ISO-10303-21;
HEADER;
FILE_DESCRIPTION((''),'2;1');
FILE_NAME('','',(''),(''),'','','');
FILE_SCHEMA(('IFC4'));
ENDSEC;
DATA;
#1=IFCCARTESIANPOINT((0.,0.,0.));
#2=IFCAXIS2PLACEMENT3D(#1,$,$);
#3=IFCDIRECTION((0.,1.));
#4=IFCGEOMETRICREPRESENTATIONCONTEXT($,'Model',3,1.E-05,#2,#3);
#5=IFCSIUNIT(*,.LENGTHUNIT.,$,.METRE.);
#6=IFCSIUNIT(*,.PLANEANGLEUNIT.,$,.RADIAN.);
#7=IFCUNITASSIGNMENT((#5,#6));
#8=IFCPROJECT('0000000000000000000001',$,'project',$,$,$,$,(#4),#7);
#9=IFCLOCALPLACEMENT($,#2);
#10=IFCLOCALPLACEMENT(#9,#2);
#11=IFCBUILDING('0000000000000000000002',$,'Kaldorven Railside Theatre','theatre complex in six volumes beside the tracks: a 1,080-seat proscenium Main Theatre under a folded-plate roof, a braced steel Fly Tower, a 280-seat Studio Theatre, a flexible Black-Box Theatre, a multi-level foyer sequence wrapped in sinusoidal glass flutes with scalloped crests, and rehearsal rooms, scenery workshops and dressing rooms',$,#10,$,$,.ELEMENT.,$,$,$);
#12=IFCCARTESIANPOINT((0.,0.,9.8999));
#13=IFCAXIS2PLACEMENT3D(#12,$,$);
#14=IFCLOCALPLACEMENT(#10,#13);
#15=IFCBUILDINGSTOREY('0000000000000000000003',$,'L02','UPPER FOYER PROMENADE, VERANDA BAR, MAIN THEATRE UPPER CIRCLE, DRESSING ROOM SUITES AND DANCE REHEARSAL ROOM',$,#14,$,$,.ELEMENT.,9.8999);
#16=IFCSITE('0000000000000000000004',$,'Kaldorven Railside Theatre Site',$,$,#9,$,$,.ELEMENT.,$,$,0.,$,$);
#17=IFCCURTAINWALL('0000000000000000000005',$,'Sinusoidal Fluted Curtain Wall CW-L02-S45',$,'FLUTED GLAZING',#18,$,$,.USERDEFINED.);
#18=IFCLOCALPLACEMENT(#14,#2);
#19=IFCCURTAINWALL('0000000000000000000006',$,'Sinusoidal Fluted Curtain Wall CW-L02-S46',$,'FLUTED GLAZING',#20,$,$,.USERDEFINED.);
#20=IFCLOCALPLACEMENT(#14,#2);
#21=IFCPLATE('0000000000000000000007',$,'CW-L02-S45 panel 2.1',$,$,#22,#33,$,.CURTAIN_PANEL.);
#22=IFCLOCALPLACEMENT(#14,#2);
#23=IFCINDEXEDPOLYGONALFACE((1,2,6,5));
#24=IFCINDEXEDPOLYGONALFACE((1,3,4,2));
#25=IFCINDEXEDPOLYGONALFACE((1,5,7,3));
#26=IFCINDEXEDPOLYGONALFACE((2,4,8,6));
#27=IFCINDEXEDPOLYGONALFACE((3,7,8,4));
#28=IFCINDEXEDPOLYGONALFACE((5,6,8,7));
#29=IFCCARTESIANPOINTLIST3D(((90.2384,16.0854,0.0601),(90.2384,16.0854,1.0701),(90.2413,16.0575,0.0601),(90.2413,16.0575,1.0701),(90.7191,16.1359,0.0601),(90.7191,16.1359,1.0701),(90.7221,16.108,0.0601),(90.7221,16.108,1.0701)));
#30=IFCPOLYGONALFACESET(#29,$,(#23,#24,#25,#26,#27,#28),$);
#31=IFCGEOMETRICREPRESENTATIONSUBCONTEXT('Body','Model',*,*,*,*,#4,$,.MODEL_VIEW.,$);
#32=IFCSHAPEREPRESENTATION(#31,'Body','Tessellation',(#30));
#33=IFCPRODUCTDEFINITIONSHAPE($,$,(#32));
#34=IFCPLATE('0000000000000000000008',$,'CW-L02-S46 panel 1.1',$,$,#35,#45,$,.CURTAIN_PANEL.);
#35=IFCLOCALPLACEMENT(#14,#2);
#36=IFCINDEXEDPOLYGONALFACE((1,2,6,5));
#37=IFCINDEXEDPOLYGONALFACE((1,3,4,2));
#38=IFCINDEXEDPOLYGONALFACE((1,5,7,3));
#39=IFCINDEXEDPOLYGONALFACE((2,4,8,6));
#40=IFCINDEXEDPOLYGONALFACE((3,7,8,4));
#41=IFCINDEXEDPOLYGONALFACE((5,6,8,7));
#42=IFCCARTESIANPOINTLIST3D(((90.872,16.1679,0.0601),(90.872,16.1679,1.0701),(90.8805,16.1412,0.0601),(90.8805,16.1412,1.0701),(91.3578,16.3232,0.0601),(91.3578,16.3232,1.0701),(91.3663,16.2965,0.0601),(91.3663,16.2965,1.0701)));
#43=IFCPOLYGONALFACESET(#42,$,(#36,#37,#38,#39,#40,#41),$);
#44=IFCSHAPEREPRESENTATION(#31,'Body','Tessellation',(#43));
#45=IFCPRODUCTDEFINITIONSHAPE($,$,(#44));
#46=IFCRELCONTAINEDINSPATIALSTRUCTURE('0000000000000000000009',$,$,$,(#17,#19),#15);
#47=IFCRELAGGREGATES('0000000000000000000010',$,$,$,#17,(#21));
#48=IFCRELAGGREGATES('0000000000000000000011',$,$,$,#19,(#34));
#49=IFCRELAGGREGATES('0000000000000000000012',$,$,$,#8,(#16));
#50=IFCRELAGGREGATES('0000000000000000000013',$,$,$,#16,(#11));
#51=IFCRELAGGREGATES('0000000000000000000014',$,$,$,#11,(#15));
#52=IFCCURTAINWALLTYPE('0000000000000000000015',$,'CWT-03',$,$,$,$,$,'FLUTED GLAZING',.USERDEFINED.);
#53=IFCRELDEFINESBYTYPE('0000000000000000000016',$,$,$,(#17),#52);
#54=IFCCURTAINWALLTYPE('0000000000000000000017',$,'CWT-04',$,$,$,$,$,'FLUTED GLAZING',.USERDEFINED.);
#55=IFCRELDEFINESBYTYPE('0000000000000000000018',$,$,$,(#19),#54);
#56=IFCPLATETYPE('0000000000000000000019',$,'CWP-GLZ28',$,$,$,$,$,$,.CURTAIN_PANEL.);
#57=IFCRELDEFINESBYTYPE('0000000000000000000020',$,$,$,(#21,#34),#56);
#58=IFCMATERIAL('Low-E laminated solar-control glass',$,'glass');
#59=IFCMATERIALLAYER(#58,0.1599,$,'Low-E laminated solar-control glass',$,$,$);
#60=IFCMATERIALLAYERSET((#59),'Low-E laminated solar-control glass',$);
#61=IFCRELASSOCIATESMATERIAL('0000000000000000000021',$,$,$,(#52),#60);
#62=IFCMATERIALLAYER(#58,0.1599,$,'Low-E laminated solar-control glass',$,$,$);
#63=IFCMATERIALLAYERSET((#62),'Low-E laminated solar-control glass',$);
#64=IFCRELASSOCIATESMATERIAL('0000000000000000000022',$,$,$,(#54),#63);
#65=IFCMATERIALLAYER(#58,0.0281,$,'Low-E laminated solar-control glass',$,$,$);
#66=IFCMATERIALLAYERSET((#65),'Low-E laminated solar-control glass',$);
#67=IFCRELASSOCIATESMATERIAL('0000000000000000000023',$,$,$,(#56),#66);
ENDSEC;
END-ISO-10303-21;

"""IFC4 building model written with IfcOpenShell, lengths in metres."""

from ifc_helpers import new_model, si_unit, direction, frame, origin, origin_2d, place, context, subcontext, project, spatial, rectangle, extrude, material, layer, layer_set, type_object, element, aggregate, save


model = new_model("IFC4")

# Units and contexts
model_context = context("Model", 3, precision=1e-05, world=origin(), true_north=direction((0.0, 1.0)))
body_context = subcontext(model_context, "Body", "Model", "MODEL_VIEW")
ifc_project = project(units=[si_unit("LENGTHUNIT", "METRE"), si_unit("PLANEANGLEUNIT", "RADIAN")], contexts=[model_context])

# Site, building, storey
site_placement = place(None, origin())
site = spatial("IfcSite", under=ifc_project, at=site_placement, Name="Kaldorven Railside Theatre Site", CompositionType="ELEMENT", RefElevation=0.0)
building_placement = place(site_placement, origin())
building = spatial("IfcBuilding", under=site, at=building_placement, Name="Kaldorven Railside Theatre", Description="theatre complex in six volumes beside the tracks: a 1,080-seat proscenium Main Theatre under a folded-plate roof, a braced steel Fly Tower, a 280-seat Studio Theatre, a flexible Black-Box Theatre, a multi-level foyer sequence wrapped in sinusoidal glass flutes with scalloped crests, and rehearsal rooms, scenery workshops and dressing rooms", CompositionType="ELEMENT")
storey_placement = place(building_placement, frame((0.0, 0.0, 9.8999)))
storey = spatial("IfcBuildingStorey", under=building, at=storey_placement, Name="L02", Description="UPPER FOYER PROMENADE, VERANDA BAR, MAIN THEATRE UPPER CIRCLE, DRESSING ROOM SUITES AND DANCE REHEARSAL ROOM", CompositionType="ELEMENT", Elevation=9.8999)

# Curtain walls
ifc_material_1 = material(Name="Low-E laminated solar-control glass", Category="glass")
ifc_layer_1 = layer(ifc_material_1, 0.1599, Name="Low-E laminated solar-control glass")
ifc_layer_set_1 = layer_set([ifc_layer_1], Name="Low-E laminated solar-control glass")
curtain_wall_type_1 = type_object("IfcCurtainWallType", Name="CWT-03", ElementType="FLUTED GLAZING", PredefinedType="USERDEFINED", material=ifc_layer_set_1)
curtain_wall_1_placement = place(storey_placement, origin())
curtain_wall_1 = element("IfcCurtainWall", 1, at=curtain_wall_1_placement, inside=storey, type_object=curtain_wall_type_1, Name="Sinusoidal Fluted Curtain Wall CW-L02-S45", ObjectType="FLUTED GLAZING", PredefinedType="USERDEFINED")
ifc_layer_2 = layer(ifc_material_1, 0.1599, Name="Low-E laminated solar-control glass")
ifc_layer_set_2 = layer_set([ifc_layer_2], Name="Low-E laminated solar-control glass")
curtain_wall_type_2 = type_object("IfcCurtainWallType", Name="CWT-04", ElementType="FLUTED GLAZING", PredefinedType="USERDEFINED", material=ifc_layer_set_2)
curtain_wall_2_placement = place(storey_placement, origin())
curtain_wall_2 = element("IfcCurtainWall", 2, at=curtain_wall_2_placement, inside=storey, type_object=curtain_wall_type_2, Name="Sinusoidal Fluted Curtain Wall CW-L02-S46", ObjectType="FLUTED GLAZING", PredefinedType="USERDEFINED")

# Plates
ifc_layer_3 = layer(ifc_material_1, 0.0281, Name="Low-E laminated solar-control glass")
ifc_layer_set_3 = layer_set([ifc_layer_3], Name="Low-E laminated solar-control glass")
plate_type = type_object("IfcPlateType", Name="CWP-GLZ28", PredefinedType="CURTAIN_PANEL", material=ifc_layer_set_3)
plate_1_placement = place(storey_placement, frame((90.4802, 16.0967, 0.0601), z_axis=(0.0, 0.0, 1.0), x_axis=(0.994524, 0.104508, 0.0)))
plate_1 = element("IfcPlate", 3, at=plate_1_placement, type_object=plate_type, Name="CW-L02-S45 panel 2.1", PredefinedType="CURTAIN_PANEL", context=body_context, shape_type="SweptSolid", body=[
    extrude(rectangle(XDim=0.4834, YDim=0.0281, at=origin_2d()), origin(), (0.0, 0.0, 1.0), 1.01),
])
aggregate(curtain_wall_1, [plate_1])
plate_2_placement = place(storey_placement, frame((91.1191, 16.2322, 0.0601), z_axis=(0.0, 0.0, 1.0), x_axis=(0.952516, 0.304488, 0.0)))
plate_2 = element("IfcPlate", 4, at=plate_2_placement, type_object=plate_type, Name="CW-L02-S46 panel 1.1", PredefinedType="CURTAIN_PANEL", context=body_context, shape_type="SweptSolid", body=[
    extrude(rectangle(XDim=0.51, YDim=0.0281, at=origin_2d()), origin(), (0.0, 0.0, 1.0), 1.01),
])
aggregate(curtain_wall_2, [plate_2])

save(model, "model.ifc")
